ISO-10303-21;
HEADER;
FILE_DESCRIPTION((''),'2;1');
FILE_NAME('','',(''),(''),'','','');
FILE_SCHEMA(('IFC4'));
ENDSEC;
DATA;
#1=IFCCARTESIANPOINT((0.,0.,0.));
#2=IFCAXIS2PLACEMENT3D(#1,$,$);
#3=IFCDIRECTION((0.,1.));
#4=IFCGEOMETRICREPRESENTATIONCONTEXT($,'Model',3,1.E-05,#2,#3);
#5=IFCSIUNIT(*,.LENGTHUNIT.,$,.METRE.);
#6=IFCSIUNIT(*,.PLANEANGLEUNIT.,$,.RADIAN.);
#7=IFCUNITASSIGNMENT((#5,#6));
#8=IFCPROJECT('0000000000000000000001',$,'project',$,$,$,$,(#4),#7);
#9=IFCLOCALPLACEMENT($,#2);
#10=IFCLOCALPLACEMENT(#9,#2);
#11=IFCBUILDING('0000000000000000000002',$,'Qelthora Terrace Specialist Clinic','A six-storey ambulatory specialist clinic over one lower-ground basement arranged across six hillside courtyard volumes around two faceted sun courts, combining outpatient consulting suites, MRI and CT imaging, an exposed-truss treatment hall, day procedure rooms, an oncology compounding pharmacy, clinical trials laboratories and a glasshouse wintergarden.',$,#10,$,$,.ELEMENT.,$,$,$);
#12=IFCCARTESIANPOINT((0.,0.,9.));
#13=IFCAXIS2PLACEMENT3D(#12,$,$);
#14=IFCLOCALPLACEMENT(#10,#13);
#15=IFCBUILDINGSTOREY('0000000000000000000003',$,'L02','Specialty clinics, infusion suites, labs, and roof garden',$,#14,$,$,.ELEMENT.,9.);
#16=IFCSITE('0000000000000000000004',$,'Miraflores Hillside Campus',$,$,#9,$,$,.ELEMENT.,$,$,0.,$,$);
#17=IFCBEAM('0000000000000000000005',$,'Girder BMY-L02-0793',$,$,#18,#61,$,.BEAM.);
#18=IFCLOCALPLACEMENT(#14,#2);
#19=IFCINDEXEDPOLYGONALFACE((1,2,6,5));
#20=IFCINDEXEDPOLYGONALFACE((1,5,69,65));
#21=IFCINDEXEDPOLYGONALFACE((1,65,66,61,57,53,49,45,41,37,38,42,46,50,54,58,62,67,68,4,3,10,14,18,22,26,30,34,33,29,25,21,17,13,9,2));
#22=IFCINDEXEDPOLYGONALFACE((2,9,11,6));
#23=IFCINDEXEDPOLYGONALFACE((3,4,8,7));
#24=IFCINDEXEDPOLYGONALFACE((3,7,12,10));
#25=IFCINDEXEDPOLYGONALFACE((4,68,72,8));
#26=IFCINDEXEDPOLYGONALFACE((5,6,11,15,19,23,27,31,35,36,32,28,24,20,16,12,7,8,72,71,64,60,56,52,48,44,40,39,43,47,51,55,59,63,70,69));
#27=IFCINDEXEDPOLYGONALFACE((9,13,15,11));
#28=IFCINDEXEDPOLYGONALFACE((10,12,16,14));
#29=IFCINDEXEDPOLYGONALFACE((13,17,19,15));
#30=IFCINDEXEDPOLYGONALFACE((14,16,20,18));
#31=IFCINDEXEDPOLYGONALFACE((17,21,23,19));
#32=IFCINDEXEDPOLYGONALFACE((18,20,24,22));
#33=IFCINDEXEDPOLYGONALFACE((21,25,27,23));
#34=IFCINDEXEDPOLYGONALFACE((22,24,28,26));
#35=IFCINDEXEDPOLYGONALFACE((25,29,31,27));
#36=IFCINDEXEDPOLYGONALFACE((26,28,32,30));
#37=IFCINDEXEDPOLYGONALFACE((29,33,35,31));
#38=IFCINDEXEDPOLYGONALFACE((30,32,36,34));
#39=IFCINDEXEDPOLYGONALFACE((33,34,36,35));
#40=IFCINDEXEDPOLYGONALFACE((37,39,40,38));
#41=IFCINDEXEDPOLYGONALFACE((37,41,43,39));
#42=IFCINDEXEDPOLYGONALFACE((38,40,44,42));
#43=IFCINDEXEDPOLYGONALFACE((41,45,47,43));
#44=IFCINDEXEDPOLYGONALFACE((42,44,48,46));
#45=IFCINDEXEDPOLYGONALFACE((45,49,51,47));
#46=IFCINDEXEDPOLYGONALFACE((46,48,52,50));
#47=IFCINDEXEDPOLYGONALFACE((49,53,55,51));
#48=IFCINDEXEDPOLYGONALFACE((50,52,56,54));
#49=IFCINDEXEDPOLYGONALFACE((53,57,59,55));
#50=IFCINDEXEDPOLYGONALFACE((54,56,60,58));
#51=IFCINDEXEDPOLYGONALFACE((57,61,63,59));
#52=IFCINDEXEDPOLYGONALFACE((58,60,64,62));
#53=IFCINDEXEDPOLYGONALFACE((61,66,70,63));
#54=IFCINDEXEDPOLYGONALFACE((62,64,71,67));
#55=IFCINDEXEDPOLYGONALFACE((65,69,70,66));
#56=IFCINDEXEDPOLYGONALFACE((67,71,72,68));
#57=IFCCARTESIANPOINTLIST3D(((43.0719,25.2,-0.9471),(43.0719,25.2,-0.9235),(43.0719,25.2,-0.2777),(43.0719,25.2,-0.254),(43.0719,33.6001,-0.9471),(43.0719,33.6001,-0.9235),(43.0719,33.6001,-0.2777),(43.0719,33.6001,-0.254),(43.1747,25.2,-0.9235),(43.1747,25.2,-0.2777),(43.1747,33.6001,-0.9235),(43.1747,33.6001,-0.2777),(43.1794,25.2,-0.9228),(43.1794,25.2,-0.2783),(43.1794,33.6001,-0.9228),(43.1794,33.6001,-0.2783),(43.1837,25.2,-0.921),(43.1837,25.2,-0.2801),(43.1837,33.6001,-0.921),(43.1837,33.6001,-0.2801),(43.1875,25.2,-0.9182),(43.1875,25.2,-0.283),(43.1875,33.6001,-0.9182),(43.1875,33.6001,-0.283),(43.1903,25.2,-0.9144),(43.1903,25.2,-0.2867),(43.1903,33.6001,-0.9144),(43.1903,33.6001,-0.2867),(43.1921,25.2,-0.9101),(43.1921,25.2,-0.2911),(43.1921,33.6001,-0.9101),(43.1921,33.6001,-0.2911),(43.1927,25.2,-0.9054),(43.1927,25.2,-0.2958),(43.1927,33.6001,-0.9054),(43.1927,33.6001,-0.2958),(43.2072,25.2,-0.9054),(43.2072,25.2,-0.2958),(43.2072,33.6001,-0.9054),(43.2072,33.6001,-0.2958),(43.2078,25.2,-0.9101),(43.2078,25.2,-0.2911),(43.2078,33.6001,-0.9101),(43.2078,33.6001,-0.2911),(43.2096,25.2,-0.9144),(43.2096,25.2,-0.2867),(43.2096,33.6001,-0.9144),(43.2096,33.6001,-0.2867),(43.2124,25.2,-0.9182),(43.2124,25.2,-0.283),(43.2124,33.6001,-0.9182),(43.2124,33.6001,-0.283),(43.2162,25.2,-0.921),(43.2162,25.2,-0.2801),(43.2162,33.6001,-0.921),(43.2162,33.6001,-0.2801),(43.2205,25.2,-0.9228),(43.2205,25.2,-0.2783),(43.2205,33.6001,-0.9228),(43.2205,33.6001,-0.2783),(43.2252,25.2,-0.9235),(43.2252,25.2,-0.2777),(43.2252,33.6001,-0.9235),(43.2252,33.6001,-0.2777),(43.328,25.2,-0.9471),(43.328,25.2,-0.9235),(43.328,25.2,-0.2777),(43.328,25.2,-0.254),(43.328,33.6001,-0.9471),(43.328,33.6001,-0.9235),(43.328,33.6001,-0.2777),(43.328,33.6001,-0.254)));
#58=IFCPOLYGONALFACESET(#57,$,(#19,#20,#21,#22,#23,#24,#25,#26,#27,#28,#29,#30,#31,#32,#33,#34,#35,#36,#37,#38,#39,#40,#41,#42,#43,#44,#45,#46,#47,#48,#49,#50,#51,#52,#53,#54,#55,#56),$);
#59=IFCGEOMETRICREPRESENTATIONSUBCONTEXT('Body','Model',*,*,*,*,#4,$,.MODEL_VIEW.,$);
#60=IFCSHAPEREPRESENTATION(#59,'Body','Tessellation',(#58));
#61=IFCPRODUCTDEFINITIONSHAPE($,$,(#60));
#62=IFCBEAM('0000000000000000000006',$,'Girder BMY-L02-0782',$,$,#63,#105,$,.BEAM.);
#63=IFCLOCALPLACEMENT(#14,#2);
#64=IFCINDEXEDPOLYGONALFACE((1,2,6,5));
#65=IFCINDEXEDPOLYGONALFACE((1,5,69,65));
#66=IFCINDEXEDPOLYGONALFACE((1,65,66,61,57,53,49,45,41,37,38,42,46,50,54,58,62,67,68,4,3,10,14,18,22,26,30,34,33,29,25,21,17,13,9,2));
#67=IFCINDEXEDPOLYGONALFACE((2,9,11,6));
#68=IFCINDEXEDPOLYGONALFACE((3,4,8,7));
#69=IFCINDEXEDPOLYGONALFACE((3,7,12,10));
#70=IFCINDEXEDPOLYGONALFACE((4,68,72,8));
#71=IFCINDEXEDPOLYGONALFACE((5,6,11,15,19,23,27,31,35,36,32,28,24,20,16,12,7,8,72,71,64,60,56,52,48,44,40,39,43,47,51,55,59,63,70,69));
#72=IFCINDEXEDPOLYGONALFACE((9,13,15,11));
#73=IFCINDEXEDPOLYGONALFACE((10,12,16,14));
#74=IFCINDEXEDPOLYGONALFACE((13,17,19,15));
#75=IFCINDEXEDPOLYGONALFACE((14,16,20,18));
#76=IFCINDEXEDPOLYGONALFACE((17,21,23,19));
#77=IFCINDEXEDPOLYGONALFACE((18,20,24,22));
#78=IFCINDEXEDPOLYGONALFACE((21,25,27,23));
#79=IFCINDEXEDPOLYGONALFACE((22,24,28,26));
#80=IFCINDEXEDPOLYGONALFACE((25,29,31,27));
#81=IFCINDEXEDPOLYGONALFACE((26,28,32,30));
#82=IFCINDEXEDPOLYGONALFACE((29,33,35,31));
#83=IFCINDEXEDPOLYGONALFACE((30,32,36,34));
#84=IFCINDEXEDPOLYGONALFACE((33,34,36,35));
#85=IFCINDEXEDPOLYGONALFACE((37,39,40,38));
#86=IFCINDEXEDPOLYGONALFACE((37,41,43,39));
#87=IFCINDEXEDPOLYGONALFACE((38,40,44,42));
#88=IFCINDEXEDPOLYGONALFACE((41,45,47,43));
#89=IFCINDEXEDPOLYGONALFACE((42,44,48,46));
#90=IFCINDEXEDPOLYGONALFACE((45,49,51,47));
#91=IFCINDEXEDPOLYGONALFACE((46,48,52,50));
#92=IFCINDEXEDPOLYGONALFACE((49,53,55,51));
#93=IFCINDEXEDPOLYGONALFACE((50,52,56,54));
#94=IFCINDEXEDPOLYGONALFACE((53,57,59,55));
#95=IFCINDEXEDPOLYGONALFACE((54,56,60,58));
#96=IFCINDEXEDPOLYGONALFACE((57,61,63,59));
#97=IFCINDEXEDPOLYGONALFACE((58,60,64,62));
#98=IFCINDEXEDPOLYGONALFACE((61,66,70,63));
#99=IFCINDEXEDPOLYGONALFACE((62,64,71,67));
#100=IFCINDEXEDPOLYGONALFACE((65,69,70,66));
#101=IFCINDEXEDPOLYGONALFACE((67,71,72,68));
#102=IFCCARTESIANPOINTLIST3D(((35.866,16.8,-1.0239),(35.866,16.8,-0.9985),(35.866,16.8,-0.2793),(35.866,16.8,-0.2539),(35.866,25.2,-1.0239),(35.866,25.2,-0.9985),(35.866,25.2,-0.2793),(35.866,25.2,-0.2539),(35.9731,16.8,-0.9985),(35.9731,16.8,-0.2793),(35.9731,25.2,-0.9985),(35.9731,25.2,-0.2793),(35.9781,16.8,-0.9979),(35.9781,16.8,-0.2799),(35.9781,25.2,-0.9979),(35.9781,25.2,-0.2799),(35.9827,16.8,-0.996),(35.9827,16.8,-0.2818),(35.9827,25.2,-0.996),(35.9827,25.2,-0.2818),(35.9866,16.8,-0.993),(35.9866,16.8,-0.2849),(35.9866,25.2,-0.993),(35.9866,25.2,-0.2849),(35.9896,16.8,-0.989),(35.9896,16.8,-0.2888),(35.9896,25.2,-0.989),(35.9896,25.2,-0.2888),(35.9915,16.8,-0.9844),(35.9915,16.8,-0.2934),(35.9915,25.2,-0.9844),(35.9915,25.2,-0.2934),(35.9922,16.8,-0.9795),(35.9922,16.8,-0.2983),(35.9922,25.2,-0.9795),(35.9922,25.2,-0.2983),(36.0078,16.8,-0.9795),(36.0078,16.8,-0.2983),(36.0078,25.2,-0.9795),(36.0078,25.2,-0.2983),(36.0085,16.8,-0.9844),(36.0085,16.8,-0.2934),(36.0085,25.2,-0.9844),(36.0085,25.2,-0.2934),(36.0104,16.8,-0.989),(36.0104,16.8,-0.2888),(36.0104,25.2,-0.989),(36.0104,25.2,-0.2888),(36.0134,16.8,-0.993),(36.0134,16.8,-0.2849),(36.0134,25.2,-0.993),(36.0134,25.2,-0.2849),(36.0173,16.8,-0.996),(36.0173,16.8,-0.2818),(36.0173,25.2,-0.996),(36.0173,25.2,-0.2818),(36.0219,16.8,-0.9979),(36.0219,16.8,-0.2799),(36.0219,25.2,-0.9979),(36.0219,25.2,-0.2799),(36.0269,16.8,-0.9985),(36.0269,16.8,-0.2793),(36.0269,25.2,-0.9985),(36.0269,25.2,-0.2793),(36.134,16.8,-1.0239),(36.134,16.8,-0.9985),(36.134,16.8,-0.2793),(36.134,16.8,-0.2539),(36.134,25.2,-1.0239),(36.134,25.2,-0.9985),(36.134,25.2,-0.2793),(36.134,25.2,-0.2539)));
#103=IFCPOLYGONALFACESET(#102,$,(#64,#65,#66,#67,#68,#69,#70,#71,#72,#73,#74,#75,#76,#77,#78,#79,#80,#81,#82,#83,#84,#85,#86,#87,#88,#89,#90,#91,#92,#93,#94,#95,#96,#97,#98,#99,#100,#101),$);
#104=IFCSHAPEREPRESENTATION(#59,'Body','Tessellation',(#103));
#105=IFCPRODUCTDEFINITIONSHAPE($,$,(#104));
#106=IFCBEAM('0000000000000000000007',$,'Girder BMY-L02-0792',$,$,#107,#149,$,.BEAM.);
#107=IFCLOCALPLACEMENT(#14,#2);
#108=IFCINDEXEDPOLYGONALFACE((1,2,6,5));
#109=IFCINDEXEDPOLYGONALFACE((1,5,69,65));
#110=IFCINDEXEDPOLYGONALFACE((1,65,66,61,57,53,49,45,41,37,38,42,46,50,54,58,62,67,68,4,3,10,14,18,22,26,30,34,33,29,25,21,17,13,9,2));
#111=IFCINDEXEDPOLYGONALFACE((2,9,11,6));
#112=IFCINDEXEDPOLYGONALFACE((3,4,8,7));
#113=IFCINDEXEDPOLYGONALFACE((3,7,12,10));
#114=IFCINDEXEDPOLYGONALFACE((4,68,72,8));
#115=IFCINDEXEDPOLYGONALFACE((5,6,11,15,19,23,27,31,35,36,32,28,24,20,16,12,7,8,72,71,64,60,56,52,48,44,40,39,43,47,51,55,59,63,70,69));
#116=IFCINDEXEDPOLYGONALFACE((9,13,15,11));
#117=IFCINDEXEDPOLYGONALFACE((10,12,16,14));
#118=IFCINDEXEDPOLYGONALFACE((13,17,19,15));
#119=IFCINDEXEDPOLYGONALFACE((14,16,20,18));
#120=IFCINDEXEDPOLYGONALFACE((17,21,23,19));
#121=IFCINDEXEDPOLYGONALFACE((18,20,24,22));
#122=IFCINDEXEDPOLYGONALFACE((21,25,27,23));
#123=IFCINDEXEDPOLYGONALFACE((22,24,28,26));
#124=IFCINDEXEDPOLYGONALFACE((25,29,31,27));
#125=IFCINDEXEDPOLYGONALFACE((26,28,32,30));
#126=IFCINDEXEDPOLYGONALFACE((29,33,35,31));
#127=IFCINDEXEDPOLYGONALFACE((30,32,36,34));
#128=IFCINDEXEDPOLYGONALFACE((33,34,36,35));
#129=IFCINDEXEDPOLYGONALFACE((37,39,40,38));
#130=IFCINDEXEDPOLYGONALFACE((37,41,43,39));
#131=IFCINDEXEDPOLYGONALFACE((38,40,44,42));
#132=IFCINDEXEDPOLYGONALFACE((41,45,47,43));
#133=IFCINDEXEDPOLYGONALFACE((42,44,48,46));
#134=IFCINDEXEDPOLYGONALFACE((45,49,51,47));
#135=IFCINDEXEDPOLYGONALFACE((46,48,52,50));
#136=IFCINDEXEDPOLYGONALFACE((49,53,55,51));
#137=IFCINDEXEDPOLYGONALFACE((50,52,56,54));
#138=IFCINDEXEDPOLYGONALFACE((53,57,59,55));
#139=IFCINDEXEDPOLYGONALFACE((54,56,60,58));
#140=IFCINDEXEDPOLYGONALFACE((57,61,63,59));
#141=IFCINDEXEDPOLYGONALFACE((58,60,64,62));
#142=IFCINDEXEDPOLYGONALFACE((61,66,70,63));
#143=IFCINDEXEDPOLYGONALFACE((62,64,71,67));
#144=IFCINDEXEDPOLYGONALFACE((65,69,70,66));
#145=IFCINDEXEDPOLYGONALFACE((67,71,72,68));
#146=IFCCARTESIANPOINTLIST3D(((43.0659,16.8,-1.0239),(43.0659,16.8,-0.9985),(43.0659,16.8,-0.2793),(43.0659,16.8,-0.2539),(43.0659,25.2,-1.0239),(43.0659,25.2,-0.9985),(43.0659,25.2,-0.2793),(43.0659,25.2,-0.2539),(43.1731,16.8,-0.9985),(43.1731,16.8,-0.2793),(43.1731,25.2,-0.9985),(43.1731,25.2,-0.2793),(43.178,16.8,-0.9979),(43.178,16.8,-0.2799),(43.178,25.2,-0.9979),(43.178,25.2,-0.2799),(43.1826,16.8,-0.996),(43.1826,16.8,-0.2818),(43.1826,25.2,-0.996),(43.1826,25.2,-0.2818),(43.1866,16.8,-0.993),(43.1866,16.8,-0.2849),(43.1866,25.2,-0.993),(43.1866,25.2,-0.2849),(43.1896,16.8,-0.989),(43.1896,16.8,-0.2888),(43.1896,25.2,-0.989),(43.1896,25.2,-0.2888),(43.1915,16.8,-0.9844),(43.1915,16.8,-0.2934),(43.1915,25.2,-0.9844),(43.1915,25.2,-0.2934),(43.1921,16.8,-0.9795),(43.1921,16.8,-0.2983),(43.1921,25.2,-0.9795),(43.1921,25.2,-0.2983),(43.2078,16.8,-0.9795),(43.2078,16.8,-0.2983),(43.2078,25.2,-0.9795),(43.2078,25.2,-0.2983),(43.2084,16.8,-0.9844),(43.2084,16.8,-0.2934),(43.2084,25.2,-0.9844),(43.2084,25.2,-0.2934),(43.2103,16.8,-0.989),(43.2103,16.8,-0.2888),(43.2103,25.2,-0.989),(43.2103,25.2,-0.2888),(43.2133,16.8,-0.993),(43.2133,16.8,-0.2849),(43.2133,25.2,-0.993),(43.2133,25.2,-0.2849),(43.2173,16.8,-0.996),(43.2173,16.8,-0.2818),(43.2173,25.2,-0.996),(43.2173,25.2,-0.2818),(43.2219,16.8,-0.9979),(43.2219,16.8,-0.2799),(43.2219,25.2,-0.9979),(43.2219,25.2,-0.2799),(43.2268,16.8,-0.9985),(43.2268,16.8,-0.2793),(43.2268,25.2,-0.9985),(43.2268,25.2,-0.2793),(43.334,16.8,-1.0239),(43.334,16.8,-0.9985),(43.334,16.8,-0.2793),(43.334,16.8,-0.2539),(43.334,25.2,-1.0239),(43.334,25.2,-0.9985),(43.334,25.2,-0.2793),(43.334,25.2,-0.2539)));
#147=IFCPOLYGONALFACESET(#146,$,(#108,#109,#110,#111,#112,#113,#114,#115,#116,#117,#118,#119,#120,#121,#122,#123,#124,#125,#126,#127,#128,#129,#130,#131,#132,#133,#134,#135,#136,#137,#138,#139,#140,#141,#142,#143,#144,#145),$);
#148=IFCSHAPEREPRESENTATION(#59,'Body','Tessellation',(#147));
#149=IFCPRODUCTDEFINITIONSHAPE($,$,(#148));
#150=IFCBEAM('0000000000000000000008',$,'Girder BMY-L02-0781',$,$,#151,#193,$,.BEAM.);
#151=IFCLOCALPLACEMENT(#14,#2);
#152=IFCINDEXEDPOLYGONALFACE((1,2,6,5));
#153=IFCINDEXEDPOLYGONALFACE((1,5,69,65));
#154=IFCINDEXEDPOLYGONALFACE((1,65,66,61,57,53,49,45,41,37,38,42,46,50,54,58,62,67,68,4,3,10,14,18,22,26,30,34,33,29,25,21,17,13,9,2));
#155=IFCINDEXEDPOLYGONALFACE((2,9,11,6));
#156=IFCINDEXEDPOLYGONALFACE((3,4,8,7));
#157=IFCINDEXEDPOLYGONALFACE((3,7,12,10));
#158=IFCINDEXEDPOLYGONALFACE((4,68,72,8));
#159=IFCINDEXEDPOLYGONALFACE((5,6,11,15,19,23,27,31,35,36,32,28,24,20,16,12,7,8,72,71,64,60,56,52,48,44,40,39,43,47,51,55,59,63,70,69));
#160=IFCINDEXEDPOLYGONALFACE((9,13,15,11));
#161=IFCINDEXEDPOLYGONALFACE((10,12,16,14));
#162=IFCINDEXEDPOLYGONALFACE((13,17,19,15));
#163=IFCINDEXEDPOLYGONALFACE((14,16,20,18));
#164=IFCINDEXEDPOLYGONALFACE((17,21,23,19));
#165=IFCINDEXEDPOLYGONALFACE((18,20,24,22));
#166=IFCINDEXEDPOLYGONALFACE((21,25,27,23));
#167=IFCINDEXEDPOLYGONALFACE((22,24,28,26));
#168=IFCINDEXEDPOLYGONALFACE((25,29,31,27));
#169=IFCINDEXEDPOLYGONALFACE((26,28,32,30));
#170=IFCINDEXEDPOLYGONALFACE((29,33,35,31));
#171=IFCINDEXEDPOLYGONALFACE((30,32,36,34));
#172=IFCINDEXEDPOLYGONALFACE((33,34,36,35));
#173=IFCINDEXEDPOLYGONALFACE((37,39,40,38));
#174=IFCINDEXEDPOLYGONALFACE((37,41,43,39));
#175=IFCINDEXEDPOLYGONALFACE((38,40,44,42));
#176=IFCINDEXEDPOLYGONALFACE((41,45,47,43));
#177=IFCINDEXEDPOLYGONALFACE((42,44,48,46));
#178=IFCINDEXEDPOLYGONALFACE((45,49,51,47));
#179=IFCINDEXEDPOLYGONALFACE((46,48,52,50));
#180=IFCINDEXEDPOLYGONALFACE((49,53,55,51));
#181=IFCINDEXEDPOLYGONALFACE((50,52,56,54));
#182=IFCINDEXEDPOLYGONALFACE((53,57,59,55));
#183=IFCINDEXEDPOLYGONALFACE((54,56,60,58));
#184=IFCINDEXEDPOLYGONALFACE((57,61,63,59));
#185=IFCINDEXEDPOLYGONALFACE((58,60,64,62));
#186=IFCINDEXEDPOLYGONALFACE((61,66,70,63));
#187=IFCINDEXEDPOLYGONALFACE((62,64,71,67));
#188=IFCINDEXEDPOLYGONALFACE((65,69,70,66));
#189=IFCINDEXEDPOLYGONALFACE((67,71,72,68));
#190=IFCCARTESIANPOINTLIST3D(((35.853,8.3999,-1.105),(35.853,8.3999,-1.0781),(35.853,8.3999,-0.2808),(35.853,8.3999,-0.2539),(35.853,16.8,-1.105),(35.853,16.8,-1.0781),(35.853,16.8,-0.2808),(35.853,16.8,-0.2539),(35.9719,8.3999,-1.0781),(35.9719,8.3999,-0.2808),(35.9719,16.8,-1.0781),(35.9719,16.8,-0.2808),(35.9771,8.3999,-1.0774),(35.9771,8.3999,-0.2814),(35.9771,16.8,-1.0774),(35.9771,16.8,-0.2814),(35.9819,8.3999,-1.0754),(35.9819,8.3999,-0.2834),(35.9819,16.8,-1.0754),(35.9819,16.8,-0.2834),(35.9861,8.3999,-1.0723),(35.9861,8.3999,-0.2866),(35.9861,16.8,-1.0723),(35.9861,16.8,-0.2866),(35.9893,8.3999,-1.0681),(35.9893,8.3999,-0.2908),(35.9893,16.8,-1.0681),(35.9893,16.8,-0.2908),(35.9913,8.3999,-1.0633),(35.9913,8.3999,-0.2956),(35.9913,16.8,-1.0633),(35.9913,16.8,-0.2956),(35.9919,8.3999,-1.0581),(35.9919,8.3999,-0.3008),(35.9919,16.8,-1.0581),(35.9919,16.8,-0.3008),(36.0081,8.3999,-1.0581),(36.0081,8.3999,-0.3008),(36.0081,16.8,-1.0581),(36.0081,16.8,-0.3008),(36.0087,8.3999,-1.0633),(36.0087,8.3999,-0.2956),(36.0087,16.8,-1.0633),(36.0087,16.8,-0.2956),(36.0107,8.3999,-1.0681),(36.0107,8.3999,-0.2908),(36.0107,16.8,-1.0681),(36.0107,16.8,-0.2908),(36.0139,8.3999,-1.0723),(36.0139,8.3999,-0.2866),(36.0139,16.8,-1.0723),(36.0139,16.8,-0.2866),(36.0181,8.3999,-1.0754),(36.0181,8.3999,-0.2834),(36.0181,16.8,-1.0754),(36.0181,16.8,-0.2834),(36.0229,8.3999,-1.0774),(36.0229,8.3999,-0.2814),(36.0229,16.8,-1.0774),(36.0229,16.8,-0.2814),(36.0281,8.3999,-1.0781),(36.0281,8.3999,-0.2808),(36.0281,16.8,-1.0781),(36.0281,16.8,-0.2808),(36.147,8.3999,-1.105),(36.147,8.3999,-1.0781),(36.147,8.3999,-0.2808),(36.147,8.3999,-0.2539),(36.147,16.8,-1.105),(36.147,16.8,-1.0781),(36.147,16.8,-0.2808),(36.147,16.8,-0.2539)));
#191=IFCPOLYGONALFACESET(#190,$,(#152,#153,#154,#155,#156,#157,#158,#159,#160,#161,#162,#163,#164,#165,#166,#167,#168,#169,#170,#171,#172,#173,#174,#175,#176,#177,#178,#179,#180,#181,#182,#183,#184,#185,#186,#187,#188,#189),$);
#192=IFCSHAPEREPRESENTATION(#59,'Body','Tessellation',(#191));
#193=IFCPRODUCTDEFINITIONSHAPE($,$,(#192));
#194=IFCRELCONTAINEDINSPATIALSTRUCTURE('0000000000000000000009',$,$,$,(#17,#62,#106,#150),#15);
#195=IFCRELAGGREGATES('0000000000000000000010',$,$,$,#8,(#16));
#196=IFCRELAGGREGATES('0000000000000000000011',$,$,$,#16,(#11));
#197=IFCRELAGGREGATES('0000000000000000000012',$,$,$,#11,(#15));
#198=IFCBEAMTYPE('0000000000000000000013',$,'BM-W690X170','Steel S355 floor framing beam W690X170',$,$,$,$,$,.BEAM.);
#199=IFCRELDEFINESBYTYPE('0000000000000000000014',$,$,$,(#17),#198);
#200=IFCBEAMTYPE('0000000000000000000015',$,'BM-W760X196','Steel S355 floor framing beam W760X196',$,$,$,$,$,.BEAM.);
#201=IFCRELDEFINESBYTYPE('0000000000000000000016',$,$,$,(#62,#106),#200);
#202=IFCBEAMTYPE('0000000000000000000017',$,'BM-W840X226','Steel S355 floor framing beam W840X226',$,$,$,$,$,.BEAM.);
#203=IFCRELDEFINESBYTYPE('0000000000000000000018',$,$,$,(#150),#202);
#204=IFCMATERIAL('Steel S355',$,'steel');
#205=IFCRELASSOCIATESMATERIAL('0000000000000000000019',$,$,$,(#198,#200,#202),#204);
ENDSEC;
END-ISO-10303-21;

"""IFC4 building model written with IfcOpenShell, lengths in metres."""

from ifc_helpers import new_model, si_unit, direction, frame, origin, origin_2d, place, context, subcontext, project, spatial, i_section, extrude, material, material_profile, profile_set, type_object, element, save


model = new_model("IFC4")

# Units and contexts
model_context = context("Model", 3, precision=1e-05, world=origin(), true_north=direction((0.0, 1.0)))
body_context = subcontext(model_context, "Body", "Model", "MODEL_VIEW")
ifc_project = project(units=[si_unit("LENGTHUNIT", "METRE"), si_unit("PLANEANGLEUNIT", "RADIAN")], contexts=[model_context])

# Site, building, storey
site_placement = place(None, origin())
site = spatial("IfcSite", under=ifc_project, at=site_placement, Name="Miraflores Hillside Campus", CompositionType="ELEMENT", RefElevation=0.0)
building_placement = place(site_placement, origin())
building = spatial("IfcBuilding", under=site, at=building_placement, Name="Qelthora Terrace Specialist Clinic", Description="A six-storey ambulatory specialist clinic over one lower-ground basement arranged across six hillside courtyard volumes around two faceted sun courts, combining outpatient consulting suites, MRI and CT imaging, an exposed-truss treatment hall, day procedure rooms, an oncology compounding pharmacy, clinical trials laboratories and a glasshouse wintergarden.", CompositionType="ELEMENT")
storey_placement = place(building_placement, frame((0.0, 0.0, 9.0)))
storey = spatial("IfcBuildingStorey", under=building, at=storey_placement, Name="L02", Description="Specialty clinics, infusion suites, labs, and roof garden", CompositionType="ELEMENT", Elevation=9.0)

# Beams
ifc_material_1 = material(Name="Steel S355", Category="steel")
ifc_material_profile_1 = material_profile(ifc_material_1, i_section(OverallWidth=0.2561, OverallDepth=0.6931, WebThickness=0.0144, FlangeThickness=0.0237, FilletRadius=0.0181, at=origin_2d()), Name="W690X170")
ifc_profile_set_1 = profile_set([ifc_material_profile_1], Name="Steel S355")
beam_type_1 = type_object("IfcBeamType", Name="BM-W690X170", Description="Steel S355 floor framing beam W690X170", PredefinedType="BEAM", material=ifc_profile_set_1)
for number, where, z_axis, x_axis, name in (
    (1, (43.2, 25.2, -0.6006), (0.0, 1.0, 0.0), (-1.0, 0.0, 0.0), "Girder BMY-L02-0793"),
):
    element("IfcBeam", number, at=place(storey_placement, frame(where, z_axis=z_axis, x_axis=x_axis)), inside=storey, type_object=beam_type_1, Name=name, PredefinedType="BEAM", context=body_context, shape_type="SweptSolid", body=[
        extrude(i_section(OverallWidth=0.2561, OverallDepth=0.6931, WebThickness=0.0144, FlangeThickness=0.0237, FilletRadius=0.0181, at=origin_2d()), origin(), (0.0, 0.0, 1.0), 8.4001),
    ])
ifc_material_profile_2 = material_profile(ifc_material_1, i_section(OverallWidth=0.2681, OverallDepth=0.77, WebThickness=0.0156, FlangeThickness=0.0254, FilletRadius=0.019, at=origin_2d()), Name="W760X196")
ifc_profile_set_2 = profile_set([ifc_material_profile_2], Name="Steel S355")
beam_type_2 = type_object("IfcBeamType", Name="BM-W760X196", Description="Steel S355 floor framing beam W760X196", PredefinedType="BEAM", material=ifc_profile_set_2)
for number, where, z_axis, x_axis, name in (
    (2, (36.0, 16.8, -0.6389), (0.0, 1.0, 0.0), (-1.0, 0.0, 0.0), "Girder BMY-L02-0782"),
    (3, (43.2, 16.8, -0.6389), (0.0, 1.0, 0.0), (-1.0, 0.0, 0.0), "Girder BMY-L02-0792"),
):
    element("IfcBeam", number, at=place(storey_placement, frame(where, z_axis=z_axis, x_axis=x_axis)), inside=storey, type_object=beam_type_2, Name=name, PredefinedType="BEAM", context=body_context, shape_type="SweptSolid", body=[
        extrude(i_section(OverallWidth=0.2681, OverallDepth=0.77, WebThickness=0.0156, FlangeThickness=0.0254, FilletRadius=0.019, at=origin_2d()), origin(), (0.0, 0.0, 1.0), 8.3999),
    ])
ifc_material_profile_3 = material_profile(ifc_material_1, i_section(OverallWidth=0.2939, OverallDepth=0.8511, WebThickness=0.0161, FlangeThickness=0.0269, FilletRadius=0.02, at=origin_2d()), Name="W840X226")
ifc_profile_set_3 = profile_set([ifc_material_profile_3], Name="Steel S355")
beam_type_3 = type_object("IfcBeamType", Name="BM-W840X226", Description="Steel S355 floor framing beam W840X226", PredefinedType="BEAM", material=ifc_profile_set_3)
for number, where, z_axis, x_axis, name in (
    (4, (36.0, 8.3999, -0.6794), (0.0, 1.0, 0.0), (-1.0, 0.0, 0.0), "Girder BMY-L02-0781"),
):
    element("IfcBeam", number, at=place(storey_placement, frame(where, z_axis=z_axis, x_axis=x_axis)), inside=storey, type_object=beam_type_3, Name=name, PredefinedType="BEAM", context=body_context, shape_type="SweptSolid", body=[
        extrude(i_section(OverallWidth=0.2939, OverallDepth=0.8511, WebThickness=0.0161, FlangeThickness=0.0269, FilletRadius=0.02, at=origin_2d()), origin(), (0.0, 0.0, 1.0), 8.4001),
    ])

save(model, "model.ifc")
